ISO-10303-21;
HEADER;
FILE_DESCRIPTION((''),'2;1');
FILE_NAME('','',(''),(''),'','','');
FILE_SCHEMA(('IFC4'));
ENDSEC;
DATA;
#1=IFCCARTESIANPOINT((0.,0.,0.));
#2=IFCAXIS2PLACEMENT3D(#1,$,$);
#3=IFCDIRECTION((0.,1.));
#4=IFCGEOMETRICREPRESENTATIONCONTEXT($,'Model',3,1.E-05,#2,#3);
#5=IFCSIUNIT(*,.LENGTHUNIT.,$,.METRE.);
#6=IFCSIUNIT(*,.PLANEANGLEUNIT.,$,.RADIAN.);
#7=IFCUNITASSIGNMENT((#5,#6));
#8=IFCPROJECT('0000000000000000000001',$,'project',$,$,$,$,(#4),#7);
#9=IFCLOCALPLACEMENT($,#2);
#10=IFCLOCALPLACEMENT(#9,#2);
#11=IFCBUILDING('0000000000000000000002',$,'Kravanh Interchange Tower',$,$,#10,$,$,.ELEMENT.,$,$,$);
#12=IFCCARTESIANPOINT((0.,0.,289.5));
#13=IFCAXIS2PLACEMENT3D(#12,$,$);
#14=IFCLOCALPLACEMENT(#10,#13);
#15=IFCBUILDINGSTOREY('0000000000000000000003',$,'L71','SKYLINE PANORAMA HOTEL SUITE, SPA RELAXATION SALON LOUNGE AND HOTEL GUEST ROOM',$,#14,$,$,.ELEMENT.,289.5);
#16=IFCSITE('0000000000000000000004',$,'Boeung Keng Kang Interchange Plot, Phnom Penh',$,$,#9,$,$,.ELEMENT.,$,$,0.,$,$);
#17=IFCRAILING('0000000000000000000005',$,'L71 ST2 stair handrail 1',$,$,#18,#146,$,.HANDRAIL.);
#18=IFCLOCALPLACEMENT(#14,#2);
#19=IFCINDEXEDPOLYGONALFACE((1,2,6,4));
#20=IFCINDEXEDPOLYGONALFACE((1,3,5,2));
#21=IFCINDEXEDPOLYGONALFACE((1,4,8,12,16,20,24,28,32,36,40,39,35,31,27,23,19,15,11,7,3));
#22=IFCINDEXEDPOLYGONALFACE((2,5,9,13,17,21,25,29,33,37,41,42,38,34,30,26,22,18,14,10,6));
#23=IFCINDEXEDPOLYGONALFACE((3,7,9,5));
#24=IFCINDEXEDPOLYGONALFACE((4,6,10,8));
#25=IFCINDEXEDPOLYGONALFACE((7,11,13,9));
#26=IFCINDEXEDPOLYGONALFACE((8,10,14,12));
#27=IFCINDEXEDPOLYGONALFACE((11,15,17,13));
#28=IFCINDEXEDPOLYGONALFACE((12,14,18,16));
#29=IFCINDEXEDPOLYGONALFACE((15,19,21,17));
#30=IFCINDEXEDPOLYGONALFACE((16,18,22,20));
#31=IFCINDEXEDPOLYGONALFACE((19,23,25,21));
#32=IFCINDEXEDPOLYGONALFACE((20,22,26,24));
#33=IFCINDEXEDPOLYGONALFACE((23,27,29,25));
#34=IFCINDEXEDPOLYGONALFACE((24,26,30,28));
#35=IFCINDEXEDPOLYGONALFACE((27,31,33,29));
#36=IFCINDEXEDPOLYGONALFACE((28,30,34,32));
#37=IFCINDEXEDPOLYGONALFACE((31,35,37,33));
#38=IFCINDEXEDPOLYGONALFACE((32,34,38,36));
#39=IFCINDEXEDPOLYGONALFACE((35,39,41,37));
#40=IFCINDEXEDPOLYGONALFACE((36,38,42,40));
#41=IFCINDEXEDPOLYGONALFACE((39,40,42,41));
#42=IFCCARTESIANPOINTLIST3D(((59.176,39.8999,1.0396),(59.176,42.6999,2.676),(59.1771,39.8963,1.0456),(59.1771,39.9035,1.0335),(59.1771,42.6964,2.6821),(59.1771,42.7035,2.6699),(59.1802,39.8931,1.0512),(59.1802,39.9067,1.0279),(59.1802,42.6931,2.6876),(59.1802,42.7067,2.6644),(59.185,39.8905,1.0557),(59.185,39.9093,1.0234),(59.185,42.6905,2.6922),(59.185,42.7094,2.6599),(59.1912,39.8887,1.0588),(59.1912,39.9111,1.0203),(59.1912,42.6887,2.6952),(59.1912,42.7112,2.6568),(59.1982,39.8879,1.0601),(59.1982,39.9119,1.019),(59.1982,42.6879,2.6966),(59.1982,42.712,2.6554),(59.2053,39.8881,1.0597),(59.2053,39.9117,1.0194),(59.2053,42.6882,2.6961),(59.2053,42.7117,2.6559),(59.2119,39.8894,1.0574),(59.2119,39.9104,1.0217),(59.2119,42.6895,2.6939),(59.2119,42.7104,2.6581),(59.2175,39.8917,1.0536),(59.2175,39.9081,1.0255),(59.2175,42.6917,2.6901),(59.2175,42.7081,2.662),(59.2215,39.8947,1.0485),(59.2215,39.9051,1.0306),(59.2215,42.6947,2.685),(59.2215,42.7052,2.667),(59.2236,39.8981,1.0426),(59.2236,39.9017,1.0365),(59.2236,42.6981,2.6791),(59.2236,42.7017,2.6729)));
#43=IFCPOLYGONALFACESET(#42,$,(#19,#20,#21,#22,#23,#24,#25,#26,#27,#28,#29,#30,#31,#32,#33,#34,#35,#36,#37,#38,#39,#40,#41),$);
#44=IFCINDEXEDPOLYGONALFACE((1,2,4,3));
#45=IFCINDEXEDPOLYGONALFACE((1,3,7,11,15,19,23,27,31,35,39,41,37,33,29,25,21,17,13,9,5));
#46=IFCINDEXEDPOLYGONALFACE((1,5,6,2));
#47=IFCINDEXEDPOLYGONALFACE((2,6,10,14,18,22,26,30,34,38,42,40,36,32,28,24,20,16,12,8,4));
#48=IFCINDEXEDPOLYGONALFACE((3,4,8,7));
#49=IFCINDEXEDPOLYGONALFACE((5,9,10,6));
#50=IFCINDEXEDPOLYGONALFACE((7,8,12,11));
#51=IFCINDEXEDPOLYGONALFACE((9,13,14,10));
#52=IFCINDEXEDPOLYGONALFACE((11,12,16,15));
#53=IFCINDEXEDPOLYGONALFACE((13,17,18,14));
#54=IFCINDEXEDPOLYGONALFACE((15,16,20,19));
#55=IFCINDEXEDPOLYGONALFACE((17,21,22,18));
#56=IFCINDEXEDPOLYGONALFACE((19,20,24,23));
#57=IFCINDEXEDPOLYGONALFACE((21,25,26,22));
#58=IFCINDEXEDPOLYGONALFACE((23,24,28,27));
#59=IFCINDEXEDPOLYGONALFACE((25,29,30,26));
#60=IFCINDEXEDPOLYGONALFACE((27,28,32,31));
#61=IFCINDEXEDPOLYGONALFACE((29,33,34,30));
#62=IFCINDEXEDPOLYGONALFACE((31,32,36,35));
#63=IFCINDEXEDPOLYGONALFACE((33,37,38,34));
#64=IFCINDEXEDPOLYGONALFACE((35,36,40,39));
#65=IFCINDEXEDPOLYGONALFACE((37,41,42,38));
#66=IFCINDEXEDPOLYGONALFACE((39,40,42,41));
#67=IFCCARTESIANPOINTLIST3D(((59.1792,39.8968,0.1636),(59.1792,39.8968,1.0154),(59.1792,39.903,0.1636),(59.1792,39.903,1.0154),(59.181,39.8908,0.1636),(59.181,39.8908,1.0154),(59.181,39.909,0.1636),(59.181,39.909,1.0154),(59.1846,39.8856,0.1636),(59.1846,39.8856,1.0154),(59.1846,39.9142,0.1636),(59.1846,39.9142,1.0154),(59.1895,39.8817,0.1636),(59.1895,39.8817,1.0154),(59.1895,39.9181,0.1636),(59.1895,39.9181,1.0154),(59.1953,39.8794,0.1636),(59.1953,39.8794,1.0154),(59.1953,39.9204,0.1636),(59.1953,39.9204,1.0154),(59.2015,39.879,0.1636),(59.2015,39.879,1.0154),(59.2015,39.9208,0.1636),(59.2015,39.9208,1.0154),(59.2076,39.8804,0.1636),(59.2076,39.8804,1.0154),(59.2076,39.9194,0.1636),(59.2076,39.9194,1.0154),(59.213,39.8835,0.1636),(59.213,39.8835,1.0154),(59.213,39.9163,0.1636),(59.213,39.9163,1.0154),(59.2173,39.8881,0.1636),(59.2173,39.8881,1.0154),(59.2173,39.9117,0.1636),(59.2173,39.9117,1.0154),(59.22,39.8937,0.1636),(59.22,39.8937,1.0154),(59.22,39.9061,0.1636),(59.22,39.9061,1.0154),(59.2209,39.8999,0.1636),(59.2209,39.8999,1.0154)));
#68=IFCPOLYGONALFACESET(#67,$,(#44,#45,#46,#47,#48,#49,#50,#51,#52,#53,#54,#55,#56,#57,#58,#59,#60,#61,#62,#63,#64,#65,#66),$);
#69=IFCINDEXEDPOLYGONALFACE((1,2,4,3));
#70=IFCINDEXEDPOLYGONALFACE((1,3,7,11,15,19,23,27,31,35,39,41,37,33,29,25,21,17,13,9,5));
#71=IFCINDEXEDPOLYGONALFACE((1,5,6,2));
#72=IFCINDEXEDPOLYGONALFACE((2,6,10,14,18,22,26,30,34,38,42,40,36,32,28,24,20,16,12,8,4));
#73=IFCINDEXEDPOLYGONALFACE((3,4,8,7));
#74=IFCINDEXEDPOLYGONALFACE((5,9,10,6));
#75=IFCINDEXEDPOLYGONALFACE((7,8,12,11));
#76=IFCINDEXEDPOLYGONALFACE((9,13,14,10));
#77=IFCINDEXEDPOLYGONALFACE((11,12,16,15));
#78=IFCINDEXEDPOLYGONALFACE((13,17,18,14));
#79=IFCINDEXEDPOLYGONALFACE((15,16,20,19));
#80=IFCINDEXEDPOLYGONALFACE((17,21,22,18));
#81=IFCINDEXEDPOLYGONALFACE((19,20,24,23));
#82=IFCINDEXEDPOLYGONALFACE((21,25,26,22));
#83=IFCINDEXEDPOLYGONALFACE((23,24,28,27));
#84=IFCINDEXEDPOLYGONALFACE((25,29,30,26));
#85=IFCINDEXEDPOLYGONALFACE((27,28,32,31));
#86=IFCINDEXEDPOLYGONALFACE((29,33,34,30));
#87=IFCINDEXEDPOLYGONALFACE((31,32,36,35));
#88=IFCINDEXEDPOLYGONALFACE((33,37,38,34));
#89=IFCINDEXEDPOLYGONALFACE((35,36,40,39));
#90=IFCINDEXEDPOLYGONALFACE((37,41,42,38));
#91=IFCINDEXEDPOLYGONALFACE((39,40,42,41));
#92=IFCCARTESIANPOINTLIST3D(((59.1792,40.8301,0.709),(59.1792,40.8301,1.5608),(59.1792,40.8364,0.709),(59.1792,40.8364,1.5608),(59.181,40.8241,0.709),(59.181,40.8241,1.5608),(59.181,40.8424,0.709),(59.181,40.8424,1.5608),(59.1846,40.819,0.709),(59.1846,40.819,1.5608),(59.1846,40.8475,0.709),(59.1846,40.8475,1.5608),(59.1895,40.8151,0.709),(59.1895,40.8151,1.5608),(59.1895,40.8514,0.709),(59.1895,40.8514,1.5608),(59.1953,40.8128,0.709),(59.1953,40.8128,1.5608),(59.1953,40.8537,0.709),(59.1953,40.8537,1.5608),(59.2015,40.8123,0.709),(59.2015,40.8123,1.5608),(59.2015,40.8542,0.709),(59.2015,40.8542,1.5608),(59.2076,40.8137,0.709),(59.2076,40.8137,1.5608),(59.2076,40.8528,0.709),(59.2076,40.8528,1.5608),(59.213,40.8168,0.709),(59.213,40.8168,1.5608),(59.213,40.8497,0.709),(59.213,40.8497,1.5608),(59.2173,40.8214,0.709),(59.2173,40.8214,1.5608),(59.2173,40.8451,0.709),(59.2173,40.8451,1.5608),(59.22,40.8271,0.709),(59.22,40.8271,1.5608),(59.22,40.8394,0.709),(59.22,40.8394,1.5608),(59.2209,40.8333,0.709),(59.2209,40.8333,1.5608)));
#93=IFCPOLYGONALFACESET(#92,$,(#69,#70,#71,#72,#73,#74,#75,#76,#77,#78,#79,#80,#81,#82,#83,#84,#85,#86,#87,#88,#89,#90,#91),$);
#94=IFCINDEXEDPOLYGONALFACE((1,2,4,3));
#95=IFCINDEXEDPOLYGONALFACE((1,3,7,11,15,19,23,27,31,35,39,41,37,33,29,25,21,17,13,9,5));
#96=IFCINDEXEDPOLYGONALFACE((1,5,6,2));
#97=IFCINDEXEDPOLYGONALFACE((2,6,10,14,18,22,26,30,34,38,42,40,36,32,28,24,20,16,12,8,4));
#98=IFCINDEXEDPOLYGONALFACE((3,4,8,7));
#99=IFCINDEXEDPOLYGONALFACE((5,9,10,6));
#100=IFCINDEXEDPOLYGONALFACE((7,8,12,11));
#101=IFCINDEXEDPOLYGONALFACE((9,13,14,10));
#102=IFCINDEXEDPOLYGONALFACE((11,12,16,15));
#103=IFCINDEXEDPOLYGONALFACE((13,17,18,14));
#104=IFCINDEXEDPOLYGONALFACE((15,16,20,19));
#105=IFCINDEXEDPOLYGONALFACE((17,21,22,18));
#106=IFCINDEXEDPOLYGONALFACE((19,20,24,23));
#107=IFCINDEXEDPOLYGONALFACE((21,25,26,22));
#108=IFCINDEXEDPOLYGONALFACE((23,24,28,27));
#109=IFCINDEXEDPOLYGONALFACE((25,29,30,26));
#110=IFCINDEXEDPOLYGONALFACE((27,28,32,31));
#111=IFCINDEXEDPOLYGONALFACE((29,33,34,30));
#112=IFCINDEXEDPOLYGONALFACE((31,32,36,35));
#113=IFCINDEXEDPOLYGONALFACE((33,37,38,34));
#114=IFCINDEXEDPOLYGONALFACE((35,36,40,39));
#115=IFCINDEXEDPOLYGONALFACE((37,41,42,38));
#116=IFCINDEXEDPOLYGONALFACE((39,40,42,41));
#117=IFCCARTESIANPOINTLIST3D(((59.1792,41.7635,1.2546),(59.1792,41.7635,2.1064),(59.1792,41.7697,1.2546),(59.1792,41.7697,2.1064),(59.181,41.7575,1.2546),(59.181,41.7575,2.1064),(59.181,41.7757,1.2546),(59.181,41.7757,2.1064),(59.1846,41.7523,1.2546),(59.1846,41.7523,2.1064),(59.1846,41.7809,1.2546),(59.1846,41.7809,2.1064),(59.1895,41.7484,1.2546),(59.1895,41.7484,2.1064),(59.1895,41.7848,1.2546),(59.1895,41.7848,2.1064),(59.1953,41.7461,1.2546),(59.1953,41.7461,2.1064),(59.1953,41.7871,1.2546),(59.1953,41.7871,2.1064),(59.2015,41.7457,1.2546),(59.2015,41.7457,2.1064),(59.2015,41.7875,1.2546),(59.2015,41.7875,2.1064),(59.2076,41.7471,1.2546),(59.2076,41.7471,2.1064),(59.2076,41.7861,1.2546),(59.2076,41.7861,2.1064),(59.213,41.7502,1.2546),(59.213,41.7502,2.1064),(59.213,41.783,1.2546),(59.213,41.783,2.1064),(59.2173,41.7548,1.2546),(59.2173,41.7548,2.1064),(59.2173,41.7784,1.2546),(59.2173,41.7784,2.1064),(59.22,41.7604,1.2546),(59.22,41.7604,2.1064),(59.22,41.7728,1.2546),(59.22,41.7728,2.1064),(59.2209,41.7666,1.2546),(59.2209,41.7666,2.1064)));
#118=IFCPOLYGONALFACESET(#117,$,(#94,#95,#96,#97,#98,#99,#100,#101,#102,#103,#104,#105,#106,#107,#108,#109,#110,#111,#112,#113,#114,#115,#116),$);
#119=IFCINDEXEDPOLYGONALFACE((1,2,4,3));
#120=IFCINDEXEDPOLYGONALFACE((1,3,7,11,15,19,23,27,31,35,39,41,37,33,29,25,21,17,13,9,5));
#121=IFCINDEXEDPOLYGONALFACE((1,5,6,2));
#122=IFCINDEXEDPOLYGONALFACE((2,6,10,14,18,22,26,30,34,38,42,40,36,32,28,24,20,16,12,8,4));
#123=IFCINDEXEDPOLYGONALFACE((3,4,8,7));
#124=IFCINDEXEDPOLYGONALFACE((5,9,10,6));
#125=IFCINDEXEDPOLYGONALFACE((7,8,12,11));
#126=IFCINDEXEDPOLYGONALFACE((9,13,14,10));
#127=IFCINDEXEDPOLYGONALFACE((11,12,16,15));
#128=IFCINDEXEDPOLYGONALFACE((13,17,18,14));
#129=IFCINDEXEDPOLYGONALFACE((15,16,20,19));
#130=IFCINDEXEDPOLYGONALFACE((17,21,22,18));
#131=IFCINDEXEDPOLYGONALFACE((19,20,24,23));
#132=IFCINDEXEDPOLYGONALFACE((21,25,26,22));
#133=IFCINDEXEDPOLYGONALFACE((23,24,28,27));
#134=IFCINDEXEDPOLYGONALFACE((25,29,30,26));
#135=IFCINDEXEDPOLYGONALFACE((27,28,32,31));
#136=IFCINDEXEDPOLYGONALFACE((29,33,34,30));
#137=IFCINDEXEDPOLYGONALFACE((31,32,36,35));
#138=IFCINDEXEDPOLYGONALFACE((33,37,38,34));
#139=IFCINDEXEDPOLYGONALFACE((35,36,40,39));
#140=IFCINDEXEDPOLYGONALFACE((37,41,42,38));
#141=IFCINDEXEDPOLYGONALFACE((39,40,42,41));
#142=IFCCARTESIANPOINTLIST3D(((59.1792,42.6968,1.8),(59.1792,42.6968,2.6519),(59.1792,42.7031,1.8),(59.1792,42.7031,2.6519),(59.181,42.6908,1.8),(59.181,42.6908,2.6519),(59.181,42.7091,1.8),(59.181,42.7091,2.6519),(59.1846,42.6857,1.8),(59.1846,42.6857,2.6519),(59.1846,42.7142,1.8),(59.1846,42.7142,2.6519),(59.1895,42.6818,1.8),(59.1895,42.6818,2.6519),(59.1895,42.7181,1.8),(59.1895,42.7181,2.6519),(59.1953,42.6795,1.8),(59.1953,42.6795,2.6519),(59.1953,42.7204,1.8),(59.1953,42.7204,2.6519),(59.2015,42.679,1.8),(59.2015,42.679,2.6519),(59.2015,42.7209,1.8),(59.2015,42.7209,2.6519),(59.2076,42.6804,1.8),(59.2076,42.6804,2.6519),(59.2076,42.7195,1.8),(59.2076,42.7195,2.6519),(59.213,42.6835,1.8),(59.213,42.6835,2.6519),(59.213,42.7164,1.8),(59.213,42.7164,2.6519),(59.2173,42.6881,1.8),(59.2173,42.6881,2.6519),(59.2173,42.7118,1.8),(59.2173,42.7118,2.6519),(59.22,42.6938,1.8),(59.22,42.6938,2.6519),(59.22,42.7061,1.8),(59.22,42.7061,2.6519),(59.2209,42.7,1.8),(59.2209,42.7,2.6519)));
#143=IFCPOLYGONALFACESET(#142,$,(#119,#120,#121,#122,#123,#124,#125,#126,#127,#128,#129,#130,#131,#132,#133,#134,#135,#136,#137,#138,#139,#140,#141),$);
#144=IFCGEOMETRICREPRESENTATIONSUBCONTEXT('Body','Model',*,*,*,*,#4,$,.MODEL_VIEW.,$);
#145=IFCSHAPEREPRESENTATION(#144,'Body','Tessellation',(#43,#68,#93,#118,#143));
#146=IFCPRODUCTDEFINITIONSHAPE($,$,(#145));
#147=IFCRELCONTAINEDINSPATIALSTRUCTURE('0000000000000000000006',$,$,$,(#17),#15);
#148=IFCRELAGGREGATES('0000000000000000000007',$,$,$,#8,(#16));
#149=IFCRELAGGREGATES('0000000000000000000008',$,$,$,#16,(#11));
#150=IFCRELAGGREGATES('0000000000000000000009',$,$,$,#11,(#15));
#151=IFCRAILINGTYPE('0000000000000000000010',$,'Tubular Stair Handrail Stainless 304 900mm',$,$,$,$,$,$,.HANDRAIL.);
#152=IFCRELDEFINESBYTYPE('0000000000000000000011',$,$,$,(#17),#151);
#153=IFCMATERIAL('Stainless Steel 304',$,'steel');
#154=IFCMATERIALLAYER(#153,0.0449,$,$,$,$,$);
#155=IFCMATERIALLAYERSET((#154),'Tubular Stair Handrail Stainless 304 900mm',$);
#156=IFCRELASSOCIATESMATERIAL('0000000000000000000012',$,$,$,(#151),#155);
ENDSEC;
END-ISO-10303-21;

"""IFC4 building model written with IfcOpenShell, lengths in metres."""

from ifc_helpers import new_model, si_unit, direction, frame, origin, origin_2d, place, context, subcontext, project, spatial, circle, extrude, material, layer, layer_set, type_object, element, save


model = new_model("IFC4")

# Units and contexts
model_context = context("Model", 3, precision=1e-05, world=origin(), true_north=direction((0.0, 1.0)))
body_context = subcontext(model_context, "Body", "Model", "MODEL_VIEW")
ifc_project = project(units=[si_unit("LENGTHUNIT", "METRE"), si_unit("PLANEANGLEUNIT", "RADIAN")], contexts=[model_context])

# Site, building, storey
site_placement = place(None, origin())
site = spatial("IfcSite", under=ifc_project, at=site_placement, Name="Boeung Keng Kang Interchange Plot, Phnom Penh", CompositionType="ELEMENT", RefElevation=0.0)
building_placement = place(site_placement, origin())
building = spatial("IfcBuilding", under=site, at=building_placement, Name="Kravanh Interchange Tower", CompositionType="ELEMENT")
storey_placement = place(building_placement, frame((0.0, 0.0, 289.5)))
storey = spatial("IfcBuildingStorey", under=building, at=storey_placement, Name="L71", Description="SKYLINE PANORAMA HOTEL SUITE, SPA RELAXATION SALON LOUNGE AND HOTEL GUEST ROOM", CompositionType="ELEMENT", Elevation=289.5)

# Railing
ifc_material_1 = material(Name="Stainless Steel 304", Category="steel")
ifc_layer_1 = layer(ifc_material_1, 0.0449)
ifc_layer_set_1 = layer_set([ifc_layer_1], Name="Tubular Stair Handrail Stainless 304 900mm")
railing_type_1 = type_object("IfcRailingType", Name="Tubular Stair Handrail Stainless 304 900mm", PredefinedType="HANDRAIL", material=ifc_layer_set_1)
railing_1_placement = place(storey_placement, frame((59.2, 39.8999, 0.1636)))
element("IfcRailing", 1, at=railing_1_placement, inside=storey, type_object=railing_type_1, Name="L71 ST2 stair handrail 1", PredefinedType="HANDRAIL", context=body_context, shape_type="SweptSolid", body=[
    extrude(circle(Radius=0.0239, at=origin_2d()), frame((0.0, 0.0, 0.876), z_axis=(0.0, 0.863361, 0.504587), x_axis=(-1.0, 0.0, 0.0)), (0.0, 0.0, 1.0), 3.2432),
    extrude(circle(Radius=0.021, at=origin_2d()), origin(), (0.0, 0.0, 1.0), 0.8518),
    extrude(circle(Radius=0.021, at=origin_2d()), frame((0.0, 0.9333, 0.5454)), (0.0, 0.0, 1.0), 0.8518),
    extrude(circle(Radius=0.021, at=origin_2d()), frame((0.0, 1.8667, 1.0911)), (0.0, 0.0, 1.0), 0.8518),
    extrude(circle(Radius=0.021, at=origin_2d()), frame((0.0, 2.8, 1.6365)), (0.0, 0.0, 1.0), 0.8518),
])

save(model, "model.ifc")
